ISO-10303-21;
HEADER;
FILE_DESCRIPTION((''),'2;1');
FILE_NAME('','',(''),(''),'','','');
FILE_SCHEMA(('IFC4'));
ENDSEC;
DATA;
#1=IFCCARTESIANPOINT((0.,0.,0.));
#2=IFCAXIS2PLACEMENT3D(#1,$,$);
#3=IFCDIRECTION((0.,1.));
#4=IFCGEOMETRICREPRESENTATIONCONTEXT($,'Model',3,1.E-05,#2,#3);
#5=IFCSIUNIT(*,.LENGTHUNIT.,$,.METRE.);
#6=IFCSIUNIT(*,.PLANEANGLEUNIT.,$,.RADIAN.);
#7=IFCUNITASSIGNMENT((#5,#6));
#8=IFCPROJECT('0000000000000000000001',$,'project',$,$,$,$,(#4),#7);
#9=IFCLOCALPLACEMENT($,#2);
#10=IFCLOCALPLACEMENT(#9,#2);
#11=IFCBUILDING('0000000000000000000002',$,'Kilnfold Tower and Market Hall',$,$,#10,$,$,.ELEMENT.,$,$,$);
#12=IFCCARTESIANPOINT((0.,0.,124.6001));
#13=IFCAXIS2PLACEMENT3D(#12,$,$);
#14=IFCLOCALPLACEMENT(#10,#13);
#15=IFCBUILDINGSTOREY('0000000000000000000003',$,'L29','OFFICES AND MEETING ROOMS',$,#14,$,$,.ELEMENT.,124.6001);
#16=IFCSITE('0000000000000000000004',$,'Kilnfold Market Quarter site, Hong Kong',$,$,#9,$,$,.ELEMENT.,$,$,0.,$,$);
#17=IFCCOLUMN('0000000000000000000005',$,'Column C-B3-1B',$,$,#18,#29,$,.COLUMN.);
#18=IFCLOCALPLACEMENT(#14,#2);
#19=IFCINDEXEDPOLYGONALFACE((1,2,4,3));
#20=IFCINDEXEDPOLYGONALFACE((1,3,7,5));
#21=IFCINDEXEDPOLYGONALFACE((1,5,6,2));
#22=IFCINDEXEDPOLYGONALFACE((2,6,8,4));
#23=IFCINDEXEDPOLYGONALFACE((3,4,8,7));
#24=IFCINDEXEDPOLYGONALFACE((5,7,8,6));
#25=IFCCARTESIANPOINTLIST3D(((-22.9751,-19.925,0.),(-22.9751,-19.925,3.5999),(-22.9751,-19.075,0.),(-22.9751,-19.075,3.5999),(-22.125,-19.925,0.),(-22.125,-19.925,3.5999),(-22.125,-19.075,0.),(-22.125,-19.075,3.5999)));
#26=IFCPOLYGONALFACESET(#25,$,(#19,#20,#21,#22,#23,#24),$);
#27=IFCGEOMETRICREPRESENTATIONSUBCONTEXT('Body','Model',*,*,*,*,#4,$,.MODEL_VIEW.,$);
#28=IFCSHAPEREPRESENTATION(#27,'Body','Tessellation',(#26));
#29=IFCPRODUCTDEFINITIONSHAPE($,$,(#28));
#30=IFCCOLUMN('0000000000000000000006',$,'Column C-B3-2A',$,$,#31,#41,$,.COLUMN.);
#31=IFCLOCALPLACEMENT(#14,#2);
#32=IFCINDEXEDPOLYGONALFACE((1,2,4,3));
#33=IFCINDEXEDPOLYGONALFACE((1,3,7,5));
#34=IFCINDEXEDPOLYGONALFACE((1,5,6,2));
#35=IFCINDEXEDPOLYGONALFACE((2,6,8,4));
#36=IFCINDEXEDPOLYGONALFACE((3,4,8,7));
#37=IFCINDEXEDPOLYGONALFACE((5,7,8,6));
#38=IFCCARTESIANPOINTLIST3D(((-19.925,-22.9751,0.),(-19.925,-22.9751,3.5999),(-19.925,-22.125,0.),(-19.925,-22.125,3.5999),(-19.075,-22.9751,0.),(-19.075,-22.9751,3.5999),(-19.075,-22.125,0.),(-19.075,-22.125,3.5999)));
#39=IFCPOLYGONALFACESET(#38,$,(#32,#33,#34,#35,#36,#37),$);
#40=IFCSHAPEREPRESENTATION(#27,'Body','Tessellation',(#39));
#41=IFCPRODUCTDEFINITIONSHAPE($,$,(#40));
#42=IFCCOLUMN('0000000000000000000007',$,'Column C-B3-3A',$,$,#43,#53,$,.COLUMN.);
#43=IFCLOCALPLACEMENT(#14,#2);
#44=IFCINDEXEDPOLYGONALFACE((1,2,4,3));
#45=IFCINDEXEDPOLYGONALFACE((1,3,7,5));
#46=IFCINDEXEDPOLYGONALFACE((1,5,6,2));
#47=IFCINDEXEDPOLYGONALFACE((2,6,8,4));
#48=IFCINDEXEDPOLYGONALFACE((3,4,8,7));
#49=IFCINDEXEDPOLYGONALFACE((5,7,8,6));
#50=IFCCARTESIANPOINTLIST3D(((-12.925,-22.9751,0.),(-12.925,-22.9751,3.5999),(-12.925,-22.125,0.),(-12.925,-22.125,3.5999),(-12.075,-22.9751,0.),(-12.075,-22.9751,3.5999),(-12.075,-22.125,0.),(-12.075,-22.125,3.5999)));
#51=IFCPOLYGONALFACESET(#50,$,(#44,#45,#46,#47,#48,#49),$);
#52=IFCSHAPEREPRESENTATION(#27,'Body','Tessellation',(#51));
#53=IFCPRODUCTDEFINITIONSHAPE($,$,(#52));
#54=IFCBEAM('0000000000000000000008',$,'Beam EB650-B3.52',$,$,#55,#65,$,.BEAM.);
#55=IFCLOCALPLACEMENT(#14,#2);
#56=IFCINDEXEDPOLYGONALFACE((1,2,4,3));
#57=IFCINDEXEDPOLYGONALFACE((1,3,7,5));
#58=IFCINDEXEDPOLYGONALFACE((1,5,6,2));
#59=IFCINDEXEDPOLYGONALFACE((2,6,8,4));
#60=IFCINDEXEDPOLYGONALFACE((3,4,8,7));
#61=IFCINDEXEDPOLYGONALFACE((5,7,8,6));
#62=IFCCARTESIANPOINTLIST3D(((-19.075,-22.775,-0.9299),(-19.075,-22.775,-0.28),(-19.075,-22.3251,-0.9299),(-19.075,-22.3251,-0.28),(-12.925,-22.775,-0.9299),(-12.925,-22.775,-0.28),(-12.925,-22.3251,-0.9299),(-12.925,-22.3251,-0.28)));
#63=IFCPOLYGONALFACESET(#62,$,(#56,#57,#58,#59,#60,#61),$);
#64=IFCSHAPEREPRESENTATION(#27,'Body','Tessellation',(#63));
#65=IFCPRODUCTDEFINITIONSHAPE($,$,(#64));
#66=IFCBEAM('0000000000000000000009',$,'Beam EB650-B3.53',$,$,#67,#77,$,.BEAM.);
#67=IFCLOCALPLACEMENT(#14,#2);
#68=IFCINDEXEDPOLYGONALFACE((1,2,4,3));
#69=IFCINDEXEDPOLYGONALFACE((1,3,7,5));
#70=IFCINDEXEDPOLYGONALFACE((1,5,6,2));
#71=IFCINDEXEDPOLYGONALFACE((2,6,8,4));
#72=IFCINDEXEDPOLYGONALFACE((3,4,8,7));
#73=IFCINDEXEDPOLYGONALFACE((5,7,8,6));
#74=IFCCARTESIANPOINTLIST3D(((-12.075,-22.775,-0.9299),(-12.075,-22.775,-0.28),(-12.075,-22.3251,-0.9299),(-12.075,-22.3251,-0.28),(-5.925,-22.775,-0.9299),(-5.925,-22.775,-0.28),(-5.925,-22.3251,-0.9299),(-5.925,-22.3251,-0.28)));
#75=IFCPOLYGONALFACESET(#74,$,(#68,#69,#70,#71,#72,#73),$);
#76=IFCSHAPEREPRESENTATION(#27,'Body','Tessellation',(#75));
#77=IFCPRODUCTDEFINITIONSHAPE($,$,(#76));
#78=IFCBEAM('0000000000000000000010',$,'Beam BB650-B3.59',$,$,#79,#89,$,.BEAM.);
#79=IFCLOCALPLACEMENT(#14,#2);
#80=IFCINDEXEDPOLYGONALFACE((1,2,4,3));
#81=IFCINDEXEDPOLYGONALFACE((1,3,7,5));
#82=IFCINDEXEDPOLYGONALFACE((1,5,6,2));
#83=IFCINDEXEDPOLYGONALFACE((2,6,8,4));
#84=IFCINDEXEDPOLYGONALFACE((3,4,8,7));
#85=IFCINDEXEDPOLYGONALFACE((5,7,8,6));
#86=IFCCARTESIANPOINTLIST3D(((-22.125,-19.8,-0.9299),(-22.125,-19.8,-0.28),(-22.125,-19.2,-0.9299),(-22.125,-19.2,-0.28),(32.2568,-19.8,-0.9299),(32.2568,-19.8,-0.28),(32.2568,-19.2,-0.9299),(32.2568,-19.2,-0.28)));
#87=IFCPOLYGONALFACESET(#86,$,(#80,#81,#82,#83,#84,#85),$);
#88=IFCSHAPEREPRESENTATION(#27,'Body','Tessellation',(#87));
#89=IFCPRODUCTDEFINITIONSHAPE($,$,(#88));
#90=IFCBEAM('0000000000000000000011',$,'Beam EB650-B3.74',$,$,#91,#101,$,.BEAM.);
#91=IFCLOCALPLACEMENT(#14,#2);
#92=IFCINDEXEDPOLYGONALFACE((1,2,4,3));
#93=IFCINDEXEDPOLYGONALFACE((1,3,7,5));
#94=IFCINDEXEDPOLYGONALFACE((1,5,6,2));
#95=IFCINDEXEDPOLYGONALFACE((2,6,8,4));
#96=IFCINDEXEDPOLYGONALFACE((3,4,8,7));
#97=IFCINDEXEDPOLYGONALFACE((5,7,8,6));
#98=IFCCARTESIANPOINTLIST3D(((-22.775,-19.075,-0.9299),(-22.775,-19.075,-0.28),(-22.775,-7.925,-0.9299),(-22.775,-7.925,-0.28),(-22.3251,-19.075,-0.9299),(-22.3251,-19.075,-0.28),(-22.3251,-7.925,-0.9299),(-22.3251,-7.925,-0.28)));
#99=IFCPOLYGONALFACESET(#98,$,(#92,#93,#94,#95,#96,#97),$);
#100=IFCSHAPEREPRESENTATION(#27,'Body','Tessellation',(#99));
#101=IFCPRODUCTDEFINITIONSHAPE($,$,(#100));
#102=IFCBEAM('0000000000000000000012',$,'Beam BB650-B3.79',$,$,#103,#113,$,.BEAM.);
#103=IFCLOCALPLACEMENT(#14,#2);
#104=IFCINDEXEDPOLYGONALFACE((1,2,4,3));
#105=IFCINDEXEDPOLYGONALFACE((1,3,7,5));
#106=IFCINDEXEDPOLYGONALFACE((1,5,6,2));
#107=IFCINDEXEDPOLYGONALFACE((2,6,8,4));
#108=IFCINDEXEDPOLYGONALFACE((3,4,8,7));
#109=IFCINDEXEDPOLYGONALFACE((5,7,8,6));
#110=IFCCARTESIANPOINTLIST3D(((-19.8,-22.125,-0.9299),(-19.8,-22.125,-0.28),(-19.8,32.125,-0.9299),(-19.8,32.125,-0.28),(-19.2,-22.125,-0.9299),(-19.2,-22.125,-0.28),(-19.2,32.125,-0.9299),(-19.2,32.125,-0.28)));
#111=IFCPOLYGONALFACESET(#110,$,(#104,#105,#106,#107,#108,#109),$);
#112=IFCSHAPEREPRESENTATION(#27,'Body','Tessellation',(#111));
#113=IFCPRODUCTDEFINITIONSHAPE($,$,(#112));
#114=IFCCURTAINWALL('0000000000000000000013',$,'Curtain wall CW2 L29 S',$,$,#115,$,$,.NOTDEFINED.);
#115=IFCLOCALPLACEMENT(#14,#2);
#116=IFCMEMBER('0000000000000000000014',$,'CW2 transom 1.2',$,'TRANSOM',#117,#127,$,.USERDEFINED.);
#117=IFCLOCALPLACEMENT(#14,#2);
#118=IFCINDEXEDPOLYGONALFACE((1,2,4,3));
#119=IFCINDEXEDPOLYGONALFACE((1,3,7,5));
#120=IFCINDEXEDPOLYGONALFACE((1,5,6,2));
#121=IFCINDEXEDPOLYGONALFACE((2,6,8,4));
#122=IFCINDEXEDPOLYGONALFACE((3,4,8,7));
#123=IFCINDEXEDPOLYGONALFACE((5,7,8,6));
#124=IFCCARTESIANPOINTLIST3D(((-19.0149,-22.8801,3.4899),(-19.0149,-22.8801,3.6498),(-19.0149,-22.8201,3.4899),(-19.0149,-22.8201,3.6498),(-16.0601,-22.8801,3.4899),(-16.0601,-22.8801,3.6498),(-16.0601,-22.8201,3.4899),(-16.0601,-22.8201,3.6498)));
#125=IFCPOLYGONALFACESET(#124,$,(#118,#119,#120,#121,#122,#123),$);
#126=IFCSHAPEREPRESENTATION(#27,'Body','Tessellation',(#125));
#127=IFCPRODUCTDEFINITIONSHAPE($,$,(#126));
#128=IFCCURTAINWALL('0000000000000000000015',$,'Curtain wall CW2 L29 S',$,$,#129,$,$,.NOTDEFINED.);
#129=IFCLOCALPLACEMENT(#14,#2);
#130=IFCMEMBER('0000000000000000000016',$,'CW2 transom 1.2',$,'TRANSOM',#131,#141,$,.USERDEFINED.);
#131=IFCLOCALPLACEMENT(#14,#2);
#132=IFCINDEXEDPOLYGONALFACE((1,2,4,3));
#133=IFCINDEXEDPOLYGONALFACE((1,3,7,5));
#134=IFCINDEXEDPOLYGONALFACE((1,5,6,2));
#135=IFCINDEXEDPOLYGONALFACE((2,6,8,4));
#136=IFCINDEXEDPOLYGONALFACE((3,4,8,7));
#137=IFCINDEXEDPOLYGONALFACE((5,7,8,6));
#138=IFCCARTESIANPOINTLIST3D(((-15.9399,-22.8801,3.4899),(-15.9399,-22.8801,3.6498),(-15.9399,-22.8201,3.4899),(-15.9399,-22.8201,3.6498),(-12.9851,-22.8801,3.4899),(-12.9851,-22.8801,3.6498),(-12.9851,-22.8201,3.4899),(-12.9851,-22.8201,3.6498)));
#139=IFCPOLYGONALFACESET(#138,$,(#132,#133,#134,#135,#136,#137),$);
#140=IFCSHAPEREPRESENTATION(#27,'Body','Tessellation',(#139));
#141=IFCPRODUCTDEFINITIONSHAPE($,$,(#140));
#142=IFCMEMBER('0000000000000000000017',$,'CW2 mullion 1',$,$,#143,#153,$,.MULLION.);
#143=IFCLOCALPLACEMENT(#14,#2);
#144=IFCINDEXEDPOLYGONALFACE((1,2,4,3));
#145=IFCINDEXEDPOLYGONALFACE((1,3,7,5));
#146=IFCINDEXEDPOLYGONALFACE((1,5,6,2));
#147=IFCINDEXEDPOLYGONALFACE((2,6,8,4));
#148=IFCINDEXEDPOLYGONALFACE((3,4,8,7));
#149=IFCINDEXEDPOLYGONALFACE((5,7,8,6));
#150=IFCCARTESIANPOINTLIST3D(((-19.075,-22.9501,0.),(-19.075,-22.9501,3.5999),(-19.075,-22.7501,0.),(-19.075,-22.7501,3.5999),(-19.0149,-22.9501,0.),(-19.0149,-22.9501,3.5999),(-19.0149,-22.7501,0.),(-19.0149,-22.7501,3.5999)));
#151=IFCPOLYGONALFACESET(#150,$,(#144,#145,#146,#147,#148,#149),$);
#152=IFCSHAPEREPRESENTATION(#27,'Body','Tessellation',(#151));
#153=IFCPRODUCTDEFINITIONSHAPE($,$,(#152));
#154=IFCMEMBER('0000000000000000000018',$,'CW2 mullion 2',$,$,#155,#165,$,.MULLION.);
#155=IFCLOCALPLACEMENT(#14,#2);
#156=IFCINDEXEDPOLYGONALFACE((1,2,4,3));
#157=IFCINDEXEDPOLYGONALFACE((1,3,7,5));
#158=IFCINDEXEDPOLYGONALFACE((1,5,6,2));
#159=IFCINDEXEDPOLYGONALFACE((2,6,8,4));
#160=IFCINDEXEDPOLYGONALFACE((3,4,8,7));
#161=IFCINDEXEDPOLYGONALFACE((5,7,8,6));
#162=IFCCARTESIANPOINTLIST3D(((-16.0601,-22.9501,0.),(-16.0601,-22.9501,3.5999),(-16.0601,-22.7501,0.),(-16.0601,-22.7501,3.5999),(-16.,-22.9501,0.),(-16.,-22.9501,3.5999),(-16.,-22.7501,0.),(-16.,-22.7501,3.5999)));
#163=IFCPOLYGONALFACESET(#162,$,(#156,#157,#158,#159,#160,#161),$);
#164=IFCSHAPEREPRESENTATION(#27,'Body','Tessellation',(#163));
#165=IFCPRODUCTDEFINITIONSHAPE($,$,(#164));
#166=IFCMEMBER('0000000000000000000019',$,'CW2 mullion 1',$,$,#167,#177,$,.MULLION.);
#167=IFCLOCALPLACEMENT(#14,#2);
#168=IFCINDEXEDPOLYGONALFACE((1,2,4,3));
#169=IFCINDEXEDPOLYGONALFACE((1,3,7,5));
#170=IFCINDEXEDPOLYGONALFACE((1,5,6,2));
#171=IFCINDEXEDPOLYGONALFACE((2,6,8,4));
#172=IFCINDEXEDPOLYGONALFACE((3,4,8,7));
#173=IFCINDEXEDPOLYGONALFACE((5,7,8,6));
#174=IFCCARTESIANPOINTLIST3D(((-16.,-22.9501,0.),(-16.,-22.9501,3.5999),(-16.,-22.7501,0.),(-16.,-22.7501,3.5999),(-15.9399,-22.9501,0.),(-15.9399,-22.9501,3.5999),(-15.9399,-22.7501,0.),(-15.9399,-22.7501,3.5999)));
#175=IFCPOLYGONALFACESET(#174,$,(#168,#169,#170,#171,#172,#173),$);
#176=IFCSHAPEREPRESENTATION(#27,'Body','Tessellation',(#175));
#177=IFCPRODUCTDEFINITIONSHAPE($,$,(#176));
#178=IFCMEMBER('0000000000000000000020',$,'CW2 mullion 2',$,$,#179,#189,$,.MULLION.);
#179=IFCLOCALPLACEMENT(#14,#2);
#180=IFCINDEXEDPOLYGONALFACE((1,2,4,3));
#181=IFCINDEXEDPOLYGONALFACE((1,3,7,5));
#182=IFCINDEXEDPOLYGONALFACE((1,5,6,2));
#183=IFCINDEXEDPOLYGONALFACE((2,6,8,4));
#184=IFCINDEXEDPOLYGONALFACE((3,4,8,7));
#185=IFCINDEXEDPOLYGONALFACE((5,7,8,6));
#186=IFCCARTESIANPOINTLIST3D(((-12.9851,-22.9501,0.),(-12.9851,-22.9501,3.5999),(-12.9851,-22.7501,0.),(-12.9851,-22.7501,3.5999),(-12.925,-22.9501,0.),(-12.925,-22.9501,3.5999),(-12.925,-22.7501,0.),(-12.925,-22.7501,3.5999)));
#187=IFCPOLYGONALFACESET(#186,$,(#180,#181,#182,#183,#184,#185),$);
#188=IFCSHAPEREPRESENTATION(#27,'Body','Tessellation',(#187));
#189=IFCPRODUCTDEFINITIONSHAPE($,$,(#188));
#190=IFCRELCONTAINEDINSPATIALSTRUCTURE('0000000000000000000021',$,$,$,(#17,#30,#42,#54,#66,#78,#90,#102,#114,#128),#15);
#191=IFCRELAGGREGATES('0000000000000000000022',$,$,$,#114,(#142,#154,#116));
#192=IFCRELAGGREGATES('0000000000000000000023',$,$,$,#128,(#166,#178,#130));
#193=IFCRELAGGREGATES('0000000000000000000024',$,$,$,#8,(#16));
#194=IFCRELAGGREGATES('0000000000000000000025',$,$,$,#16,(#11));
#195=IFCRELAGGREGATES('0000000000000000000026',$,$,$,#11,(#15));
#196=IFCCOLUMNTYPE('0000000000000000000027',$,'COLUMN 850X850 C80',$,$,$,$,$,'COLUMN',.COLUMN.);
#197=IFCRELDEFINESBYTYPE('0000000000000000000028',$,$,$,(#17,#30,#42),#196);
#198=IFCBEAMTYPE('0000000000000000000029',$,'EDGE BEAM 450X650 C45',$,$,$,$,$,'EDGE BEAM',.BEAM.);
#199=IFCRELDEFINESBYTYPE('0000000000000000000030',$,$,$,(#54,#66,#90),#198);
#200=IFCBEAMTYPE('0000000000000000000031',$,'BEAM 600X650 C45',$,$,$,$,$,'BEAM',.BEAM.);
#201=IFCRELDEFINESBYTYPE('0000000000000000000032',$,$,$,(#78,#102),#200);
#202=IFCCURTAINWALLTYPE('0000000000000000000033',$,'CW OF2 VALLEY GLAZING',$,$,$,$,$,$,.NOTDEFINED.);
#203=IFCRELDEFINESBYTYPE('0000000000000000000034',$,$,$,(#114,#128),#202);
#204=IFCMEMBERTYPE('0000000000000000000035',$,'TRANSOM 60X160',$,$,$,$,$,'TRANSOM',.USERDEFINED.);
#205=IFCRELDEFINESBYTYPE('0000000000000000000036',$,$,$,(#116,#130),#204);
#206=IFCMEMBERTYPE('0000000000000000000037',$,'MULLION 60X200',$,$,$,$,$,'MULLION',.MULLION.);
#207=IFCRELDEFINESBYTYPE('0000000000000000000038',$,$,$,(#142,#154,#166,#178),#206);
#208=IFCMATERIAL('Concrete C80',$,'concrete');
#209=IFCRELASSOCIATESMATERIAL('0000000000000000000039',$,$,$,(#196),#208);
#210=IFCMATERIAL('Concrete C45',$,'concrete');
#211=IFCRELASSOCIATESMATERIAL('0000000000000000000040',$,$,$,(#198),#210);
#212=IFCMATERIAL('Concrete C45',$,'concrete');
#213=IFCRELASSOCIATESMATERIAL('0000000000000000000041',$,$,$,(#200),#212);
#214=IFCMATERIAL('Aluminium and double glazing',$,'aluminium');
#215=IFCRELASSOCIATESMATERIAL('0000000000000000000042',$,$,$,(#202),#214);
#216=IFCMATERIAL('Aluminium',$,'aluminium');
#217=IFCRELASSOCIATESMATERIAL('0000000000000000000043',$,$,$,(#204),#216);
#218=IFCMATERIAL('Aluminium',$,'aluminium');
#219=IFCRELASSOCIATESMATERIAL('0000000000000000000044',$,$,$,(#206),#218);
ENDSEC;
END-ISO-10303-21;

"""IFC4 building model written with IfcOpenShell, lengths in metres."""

from ifc_helpers import new_model, si_unit, direction, frame, origin, origin_2d, place, context, subcontext, project, spatial, rectangle, extrude, source, transform, mapped, material, material_profile, profile_set, type_object, element, aggregate, save


model = new_model("IFC4")

# Units and contexts
model_context = context("Model", 3, precision=1e-05, world=origin(), true_north=direction((0.0, 1.0)))
body_context = subcontext(model_context, "Body", "Model", "MODEL_VIEW")
ifc_project = project(units=[si_unit("LENGTHUNIT", "METRE"), si_unit("PLANEANGLEUNIT", "RADIAN")], contexts=[model_context])

# Site, building, storey
site_placement = place(None, origin())
site = spatial("IfcSite", under=ifc_project, at=site_placement, Name="Kilnfold Market Quarter site, Hong Kong", CompositionType="ELEMENT", RefElevation=0.0)
building_placement = place(site_placement, origin())
building = spatial("IfcBuilding", under=site, at=building_placement, Name="Kilnfold Tower and Market Hall", CompositionType="ELEMENT")
storey_placement = place(building_placement, frame((0.0, 0.0, 124.6001)))
storey = spatial("IfcBuildingStorey", under=building, at=storey_placement, Name="L29", Description="OFFICES AND MEETING ROOMS", CompositionType="ELEMENT", Elevation=124.6001)

# Columns
ifc_material_1 = material(Name="Concrete C80", Category="concrete")
ifc_material_profile_1 = material_profile(ifc_material_1, rectangle(XDim=0.8501, YDim=0.8501, at=origin_2d()), Name="RC 850x850")
ifc_profile_set_1 = profile_set([ifc_material_profile_1], Name="Concrete C80")
column_type = type_object("IfcColumnType", Name="COLUMN 850X850 C80", ElementType="COLUMN", PredefinedType="COLUMN", material=ifc_profile_set_1)
shared_shape_1 = source(origin(), body_context, "Body", "SweptSolid", [
    extrude(rectangle(XDim=0.8501, YDim=0.8501, at=origin_2d()), origin(), (0.0, 0.0, 1.0), 3.5999),
])
for number, where, z_axis, x_axis, name in (
    (1, (-22.55, -19.5, 0.0), (0.0, 0.0, 1.0), (1.0, 0.0, 0.0), "Column C-B3-1B"),
    (2, (-19.5, -22.55, 0.0), (0.0, 0.0, 1.0), (1.0, 0.0, 0.0), "Column C-B3-2A"),
    (3, (-12.5, -22.55, 0.0), (0.0, 0.0, 1.0), (1.0, 0.0, 0.0), "Column C-B3-3A"),
):
    element("IfcColumn", number, at=place(storey_placement, frame(where, z_axis=z_axis, x_axis=x_axis)), inside=storey, type_object=column_type, Name=name, PredefinedType="COLUMN", context=body_context, shape_type="MappedRepresentation", body=[
        mapped(shared_shape_1, transform((0.0, 0.0, 0.0))),
    ])

# Beams
ifc_material_2 = material(Name="Concrete C45", Category="concrete")
ifc_material_profile_2 = material_profile(ifc_material_2, rectangle(XDim=0.45, YDim=0.6499, at=origin_2d()), Name="RC 450x650")
ifc_profile_set_2 = profile_set([ifc_material_profile_2], Name="Concrete C45")
beam_type_1 = type_object("IfcBeamType", Name="EDGE BEAM 450X650 C45", ElementType="EDGE BEAM", PredefinedType="BEAM", material=ifc_profile_set_2)
shared_shape_2 = source(origin(), body_context, "Body", "SweptSolid", [
    extrude(rectangle(XDim=0.45, YDim=0.6499, at=origin_2d()), origin(), (0.0, 0.0, 1.0), 6.1499),
])
for number, where, z_axis, x_axis, name in (
    (4, (-19.075, -22.55, -0.605), (1.0, 0.0, 0.0), (0.0, 1.0, 0.0), "Beam EB650-B3.52"),
    (5, (-12.075, -22.55, -0.605), (1.0, 0.0, 0.0), (0.0, 1.0, 0.0), "Beam EB650-B3.53"),
):
    element("IfcBeam", number, at=place(storey_placement, frame(where, z_axis=z_axis, x_axis=x_axis)), inside=storey, type_object=beam_type_1, Name=name, PredefinedType="BEAM", context=body_context, shape_type="MappedRepresentation", body=[
        mapped(shared_shape_2, transform((0.0, 0.0, 0.0))),
    ])
ifc_material_3 = material(Name="Concrete C45", Category="concrete")
ifc_material_profile_3 = material_profile(ifc_material_3, rectangle(XDim=0.6001, YDim=0.6499, at=origin_2d()), Name="RC 600x650")
ifc_profile_set_3 = profile_set([ifc_material_profile_3], Name="Concrete C45")
beam_type_2 = type_object("IfcBeamType", Name="BEAM 600X650 C45", ElementType="BEAM", PredefinedType="BEAM", material=ifc_profile_set_3)
shared_shape_3 = source(origin(), body_context, "Body", "SweptSolid", [
    extrude(rectangle(XDim=0.6001, YDim=0.6499, at=origin_2d()), origin(), (0.0, 0.0, 1.0), 54.3818),
])
beam_1_placement = place(storey_placement, frame((-22.125, -19.5, -0.605), z_axis=(1.0, 0.0, 0.0), x_axis=(0.0, 1.0, 0.0)))
element("IfcBeam", 6, at=beam_1_placement, inside=storey, type_object=beam_type_2, Name="Beam BB650-B3.59", PredefinedType="BEAM", context=body_context, shape_type="MappedRepresentation", body=[
    mapped(shared_shape_3, transform((0.0, 0.0, 0.0))),
])
shared_shape_4 = source(origin(), body_context, "Body", "SweptSolid", [
    extrude(rectangle(XDim=0.45, YDim=0.6499, at=origin_2d()), origin(), (0.0, 0.0, 1.0), 11.1499),
])
beam_2_placement = place(storey_placement, frame((-22.55, -19.075, -0.605), z_axis=(0.0, 1.0, 0.0), x_axis=(-1.0, 0.0, 0.0)))
element("IfcBeam", 7, at=beam_2_placement, inside=storey, type_object=beam_type_1, Name="Beam EB650-B3.74", PredefinedType="BEAM", context=body_context, shape_type="MappedRepresentation", body=[
    mapped(shared_shape_4, transform((0.0, 0.0, 0.0))),
])
shared_shape_5 = source(origin(), body_context, "Body", "SweptSolid", [
    extrude(rectangle(XDim=0.6001, YDim=0.6499, at=origin_2d()), origin(), (0.0, 0.0, 1.0), 54.25),
])
beam_3_placement = place(storey_placement, frame((-19.5, -22.125, -0.605), z_axis=(0.0, 1.0, 0.0), x_axis=(-1.0, 0.0, 0.0)))
element("IfcBeam", 8, at=beam_3_placement, inside=storey, type_object=beam_type_2, Name="Beam BB650-B3.79", PredefinedType="BEAM", context=body_context, shape_type="MappedRepresentation", body=[
    mapped(shared_shape_5, transform((0.0, 0.0, 0.0))),
])

# Curtain walls, members
ifc_material_4 = material(Name="Aluminium and double glazing", Category="aluminium")
curtain_wall_type = type_object("IfcCurtainWallType", Name="CW OF2 VALLEY GLAZING", PredefinedType="NOTDEFINED", material=ifc_material_4)
curtain_wall_1_placement = place(storey_placement, origin())
curtain_wall_1 = element("IfcCurtainWall", 9, at=curtain_wall_1_placement, inside=storey, type_object=curtain_wall_type, Name="Curtain wall CW2 L29 S", PredefinedType="NOTDEFINED")
ifc_material_5 = material(Name="Aluminium", Category="aluminium")
ifc_material_profile_4 = material_profile(ifc_material_5, rectangle(XDim=0.0601, YDim=0.1599, at=origin_2d()), Name="TRANSOM 60x160")
ifc_profile_set_4 = profile_set([ifc_material_profile_4], Name="Aluminium")
member_type_1 = type_object("IfcMemberType", Name="TRANSOM 60X160", ElementType="TRANSOM", PredefinedType="USERDEFINED", material=ifc_profile_set_4)
shared_shape_6 = source(origin(), body_context, "Body", "SweptSolid", [
    extrude(rectangle(XDim=0.0601, YDim=0.1599, at=origin_2d()), origin(), (0.0, 0.0, 1.0), 2.9548),
])
member_1_placement = place(storey_placement, frame((-19.0149, -22.8501, 3.5698), z_axis=(1.0, 0.0, 0.0), x_axis=(0.0, 1.0, 0.0)))
member_1 = element("IfcMember", 10, at=member_1_placement, type_object=member_type_1, Name="CW2 transom 1.2", ObjectType="TRANSOM", PredefinedType="USERDEFINED", context=body_context, shape_type="MappedRepresentation", body=[
    mapped(shared_shape_6, transform((0.0, 0.0, 0.0))),
])
curtain_wall_2_placement = place(storey_placement, origin())
curtain_wall_2 = element("IfcCurtainWall", 11, at=curtain_wall_2_placement, inside=storey, type_object=curtain_wall_type, Name="Curtain wall CW2 L29 S", PredefinedType="NOTDEFINED")
member_2_placement = place(storey_placement, frame((-15.9399, -22.8501, 3.5698), z_axis=(1.0, 0.0, 0.0), x_axis=(0.0, 1.0, 0.0)))
member_2 = element("IfcMember", 12, at=member_2_placement, type_object=member_type_1, Name="CW2 transom 1.2", ObjectType="TRANSOM", PredefinedType="USERDEFINED", context=body_context, shape_type="MappedRepresentation", body=[
    mapped(shared_shape_6, transform((0.0, 0.0, 0.0))),
])

# Members
ifc_material_6 = material(Name="Aluminium", Category="aluminium")
ifc_material_profile_5 = material_profile(ifc_material_6, rectangle(XDim=0.0601, YDim=0.2, at=origin_2d()), Name="MULLION 60x200")
ifc_profile_set_5 = profile_set([ifc_material_profile_5], Name="Aluminium")
member_type_2 = type_object("IfcMemberType", Name="MULLION 60X200", ElementType="MULLION", PredefinedType="MULLION", material=ifc_profile_set_5)
shared_shape_7 = source(origin(), body_context, "Body", "SweptSolid", [
    extrude(rectangle(XDim=0.0601, YDim=0.2, at=origin_2d()), origin(), (0.0, 0.0, 1.0), 3.5999),
])
member_3_placement = place(storey_placement, frame((-19.0449, -22.8501, 0.0), z_axis=(0.0, 0.0, 1.0), x_axis=(1.0, 0.0, 0.0)))
member_3 = element("IfcMember", 13, at=member_3_placement, type_object=member_type_2, Name="CW2 mullion 1", PredefinedType="MULLION", context=body_context, shape_type="MappedRepresentation", body=[
    mapped(shared_shape_7, transform((0.0, 0.0, 0.0))),
])
member_4_placement = place(storey_placement, frame((-16.03, -22.8501, 0.0), z_axis=(0.0, 0.0, 1.0), x_axis=(1.0, 0.0, 0.0)))
member_4 = element("IfcMember", 14, at=member_4_placement, type_object=member_type_2, Name="CW2 mullion 2", PredefinedType="MULLION", context=body_context, shape_type="MappedRepresentation", body=[
    mapped(shared_shape_7, transform((0.0, 0.0, 0.0))),
])
member_5_placement = place(storey_placement, frame((-15.97, -22.8501, 0.0), z_axis=(0.0, 0.0, 1.0), x_axis=(1.0, 0.0, 0.0)))
member_5 = element("IfcMember", 15, at=member_5_placement, type_object=member_type_2, Name="CW2 mullion 1", PredefinedType="MULLION", context=body_context, shape_type="MappedRepresentation", body=[
    mapped(shared_shape_7, transform((0.0, 0.0, 0.0))),
])
member_6_placement = place(storey_placement, frame((-12.9551, -22.8501, 0.0), z_axis=(0.0, 0.0, 1.0), x_axis=(1.0, 0.0, 0.0)))
member_6 = element("IfcMember", 16, at=member_6_placement, type_object=member_type_2, Name="CW2 mullion 2", PredefinedType="MULLION", context=body_context, shape_type="MappedRepresentation", body=[
    mapped(shared_shape_7, transform((0.0, 0.0, 0.0))),
])

aggregate(curtain_wall_1, [member_3, member_4, member_1])
aggregate(curtain_wall_2, [member_5, member_6, member_2])

save(model, "model.ifc")
